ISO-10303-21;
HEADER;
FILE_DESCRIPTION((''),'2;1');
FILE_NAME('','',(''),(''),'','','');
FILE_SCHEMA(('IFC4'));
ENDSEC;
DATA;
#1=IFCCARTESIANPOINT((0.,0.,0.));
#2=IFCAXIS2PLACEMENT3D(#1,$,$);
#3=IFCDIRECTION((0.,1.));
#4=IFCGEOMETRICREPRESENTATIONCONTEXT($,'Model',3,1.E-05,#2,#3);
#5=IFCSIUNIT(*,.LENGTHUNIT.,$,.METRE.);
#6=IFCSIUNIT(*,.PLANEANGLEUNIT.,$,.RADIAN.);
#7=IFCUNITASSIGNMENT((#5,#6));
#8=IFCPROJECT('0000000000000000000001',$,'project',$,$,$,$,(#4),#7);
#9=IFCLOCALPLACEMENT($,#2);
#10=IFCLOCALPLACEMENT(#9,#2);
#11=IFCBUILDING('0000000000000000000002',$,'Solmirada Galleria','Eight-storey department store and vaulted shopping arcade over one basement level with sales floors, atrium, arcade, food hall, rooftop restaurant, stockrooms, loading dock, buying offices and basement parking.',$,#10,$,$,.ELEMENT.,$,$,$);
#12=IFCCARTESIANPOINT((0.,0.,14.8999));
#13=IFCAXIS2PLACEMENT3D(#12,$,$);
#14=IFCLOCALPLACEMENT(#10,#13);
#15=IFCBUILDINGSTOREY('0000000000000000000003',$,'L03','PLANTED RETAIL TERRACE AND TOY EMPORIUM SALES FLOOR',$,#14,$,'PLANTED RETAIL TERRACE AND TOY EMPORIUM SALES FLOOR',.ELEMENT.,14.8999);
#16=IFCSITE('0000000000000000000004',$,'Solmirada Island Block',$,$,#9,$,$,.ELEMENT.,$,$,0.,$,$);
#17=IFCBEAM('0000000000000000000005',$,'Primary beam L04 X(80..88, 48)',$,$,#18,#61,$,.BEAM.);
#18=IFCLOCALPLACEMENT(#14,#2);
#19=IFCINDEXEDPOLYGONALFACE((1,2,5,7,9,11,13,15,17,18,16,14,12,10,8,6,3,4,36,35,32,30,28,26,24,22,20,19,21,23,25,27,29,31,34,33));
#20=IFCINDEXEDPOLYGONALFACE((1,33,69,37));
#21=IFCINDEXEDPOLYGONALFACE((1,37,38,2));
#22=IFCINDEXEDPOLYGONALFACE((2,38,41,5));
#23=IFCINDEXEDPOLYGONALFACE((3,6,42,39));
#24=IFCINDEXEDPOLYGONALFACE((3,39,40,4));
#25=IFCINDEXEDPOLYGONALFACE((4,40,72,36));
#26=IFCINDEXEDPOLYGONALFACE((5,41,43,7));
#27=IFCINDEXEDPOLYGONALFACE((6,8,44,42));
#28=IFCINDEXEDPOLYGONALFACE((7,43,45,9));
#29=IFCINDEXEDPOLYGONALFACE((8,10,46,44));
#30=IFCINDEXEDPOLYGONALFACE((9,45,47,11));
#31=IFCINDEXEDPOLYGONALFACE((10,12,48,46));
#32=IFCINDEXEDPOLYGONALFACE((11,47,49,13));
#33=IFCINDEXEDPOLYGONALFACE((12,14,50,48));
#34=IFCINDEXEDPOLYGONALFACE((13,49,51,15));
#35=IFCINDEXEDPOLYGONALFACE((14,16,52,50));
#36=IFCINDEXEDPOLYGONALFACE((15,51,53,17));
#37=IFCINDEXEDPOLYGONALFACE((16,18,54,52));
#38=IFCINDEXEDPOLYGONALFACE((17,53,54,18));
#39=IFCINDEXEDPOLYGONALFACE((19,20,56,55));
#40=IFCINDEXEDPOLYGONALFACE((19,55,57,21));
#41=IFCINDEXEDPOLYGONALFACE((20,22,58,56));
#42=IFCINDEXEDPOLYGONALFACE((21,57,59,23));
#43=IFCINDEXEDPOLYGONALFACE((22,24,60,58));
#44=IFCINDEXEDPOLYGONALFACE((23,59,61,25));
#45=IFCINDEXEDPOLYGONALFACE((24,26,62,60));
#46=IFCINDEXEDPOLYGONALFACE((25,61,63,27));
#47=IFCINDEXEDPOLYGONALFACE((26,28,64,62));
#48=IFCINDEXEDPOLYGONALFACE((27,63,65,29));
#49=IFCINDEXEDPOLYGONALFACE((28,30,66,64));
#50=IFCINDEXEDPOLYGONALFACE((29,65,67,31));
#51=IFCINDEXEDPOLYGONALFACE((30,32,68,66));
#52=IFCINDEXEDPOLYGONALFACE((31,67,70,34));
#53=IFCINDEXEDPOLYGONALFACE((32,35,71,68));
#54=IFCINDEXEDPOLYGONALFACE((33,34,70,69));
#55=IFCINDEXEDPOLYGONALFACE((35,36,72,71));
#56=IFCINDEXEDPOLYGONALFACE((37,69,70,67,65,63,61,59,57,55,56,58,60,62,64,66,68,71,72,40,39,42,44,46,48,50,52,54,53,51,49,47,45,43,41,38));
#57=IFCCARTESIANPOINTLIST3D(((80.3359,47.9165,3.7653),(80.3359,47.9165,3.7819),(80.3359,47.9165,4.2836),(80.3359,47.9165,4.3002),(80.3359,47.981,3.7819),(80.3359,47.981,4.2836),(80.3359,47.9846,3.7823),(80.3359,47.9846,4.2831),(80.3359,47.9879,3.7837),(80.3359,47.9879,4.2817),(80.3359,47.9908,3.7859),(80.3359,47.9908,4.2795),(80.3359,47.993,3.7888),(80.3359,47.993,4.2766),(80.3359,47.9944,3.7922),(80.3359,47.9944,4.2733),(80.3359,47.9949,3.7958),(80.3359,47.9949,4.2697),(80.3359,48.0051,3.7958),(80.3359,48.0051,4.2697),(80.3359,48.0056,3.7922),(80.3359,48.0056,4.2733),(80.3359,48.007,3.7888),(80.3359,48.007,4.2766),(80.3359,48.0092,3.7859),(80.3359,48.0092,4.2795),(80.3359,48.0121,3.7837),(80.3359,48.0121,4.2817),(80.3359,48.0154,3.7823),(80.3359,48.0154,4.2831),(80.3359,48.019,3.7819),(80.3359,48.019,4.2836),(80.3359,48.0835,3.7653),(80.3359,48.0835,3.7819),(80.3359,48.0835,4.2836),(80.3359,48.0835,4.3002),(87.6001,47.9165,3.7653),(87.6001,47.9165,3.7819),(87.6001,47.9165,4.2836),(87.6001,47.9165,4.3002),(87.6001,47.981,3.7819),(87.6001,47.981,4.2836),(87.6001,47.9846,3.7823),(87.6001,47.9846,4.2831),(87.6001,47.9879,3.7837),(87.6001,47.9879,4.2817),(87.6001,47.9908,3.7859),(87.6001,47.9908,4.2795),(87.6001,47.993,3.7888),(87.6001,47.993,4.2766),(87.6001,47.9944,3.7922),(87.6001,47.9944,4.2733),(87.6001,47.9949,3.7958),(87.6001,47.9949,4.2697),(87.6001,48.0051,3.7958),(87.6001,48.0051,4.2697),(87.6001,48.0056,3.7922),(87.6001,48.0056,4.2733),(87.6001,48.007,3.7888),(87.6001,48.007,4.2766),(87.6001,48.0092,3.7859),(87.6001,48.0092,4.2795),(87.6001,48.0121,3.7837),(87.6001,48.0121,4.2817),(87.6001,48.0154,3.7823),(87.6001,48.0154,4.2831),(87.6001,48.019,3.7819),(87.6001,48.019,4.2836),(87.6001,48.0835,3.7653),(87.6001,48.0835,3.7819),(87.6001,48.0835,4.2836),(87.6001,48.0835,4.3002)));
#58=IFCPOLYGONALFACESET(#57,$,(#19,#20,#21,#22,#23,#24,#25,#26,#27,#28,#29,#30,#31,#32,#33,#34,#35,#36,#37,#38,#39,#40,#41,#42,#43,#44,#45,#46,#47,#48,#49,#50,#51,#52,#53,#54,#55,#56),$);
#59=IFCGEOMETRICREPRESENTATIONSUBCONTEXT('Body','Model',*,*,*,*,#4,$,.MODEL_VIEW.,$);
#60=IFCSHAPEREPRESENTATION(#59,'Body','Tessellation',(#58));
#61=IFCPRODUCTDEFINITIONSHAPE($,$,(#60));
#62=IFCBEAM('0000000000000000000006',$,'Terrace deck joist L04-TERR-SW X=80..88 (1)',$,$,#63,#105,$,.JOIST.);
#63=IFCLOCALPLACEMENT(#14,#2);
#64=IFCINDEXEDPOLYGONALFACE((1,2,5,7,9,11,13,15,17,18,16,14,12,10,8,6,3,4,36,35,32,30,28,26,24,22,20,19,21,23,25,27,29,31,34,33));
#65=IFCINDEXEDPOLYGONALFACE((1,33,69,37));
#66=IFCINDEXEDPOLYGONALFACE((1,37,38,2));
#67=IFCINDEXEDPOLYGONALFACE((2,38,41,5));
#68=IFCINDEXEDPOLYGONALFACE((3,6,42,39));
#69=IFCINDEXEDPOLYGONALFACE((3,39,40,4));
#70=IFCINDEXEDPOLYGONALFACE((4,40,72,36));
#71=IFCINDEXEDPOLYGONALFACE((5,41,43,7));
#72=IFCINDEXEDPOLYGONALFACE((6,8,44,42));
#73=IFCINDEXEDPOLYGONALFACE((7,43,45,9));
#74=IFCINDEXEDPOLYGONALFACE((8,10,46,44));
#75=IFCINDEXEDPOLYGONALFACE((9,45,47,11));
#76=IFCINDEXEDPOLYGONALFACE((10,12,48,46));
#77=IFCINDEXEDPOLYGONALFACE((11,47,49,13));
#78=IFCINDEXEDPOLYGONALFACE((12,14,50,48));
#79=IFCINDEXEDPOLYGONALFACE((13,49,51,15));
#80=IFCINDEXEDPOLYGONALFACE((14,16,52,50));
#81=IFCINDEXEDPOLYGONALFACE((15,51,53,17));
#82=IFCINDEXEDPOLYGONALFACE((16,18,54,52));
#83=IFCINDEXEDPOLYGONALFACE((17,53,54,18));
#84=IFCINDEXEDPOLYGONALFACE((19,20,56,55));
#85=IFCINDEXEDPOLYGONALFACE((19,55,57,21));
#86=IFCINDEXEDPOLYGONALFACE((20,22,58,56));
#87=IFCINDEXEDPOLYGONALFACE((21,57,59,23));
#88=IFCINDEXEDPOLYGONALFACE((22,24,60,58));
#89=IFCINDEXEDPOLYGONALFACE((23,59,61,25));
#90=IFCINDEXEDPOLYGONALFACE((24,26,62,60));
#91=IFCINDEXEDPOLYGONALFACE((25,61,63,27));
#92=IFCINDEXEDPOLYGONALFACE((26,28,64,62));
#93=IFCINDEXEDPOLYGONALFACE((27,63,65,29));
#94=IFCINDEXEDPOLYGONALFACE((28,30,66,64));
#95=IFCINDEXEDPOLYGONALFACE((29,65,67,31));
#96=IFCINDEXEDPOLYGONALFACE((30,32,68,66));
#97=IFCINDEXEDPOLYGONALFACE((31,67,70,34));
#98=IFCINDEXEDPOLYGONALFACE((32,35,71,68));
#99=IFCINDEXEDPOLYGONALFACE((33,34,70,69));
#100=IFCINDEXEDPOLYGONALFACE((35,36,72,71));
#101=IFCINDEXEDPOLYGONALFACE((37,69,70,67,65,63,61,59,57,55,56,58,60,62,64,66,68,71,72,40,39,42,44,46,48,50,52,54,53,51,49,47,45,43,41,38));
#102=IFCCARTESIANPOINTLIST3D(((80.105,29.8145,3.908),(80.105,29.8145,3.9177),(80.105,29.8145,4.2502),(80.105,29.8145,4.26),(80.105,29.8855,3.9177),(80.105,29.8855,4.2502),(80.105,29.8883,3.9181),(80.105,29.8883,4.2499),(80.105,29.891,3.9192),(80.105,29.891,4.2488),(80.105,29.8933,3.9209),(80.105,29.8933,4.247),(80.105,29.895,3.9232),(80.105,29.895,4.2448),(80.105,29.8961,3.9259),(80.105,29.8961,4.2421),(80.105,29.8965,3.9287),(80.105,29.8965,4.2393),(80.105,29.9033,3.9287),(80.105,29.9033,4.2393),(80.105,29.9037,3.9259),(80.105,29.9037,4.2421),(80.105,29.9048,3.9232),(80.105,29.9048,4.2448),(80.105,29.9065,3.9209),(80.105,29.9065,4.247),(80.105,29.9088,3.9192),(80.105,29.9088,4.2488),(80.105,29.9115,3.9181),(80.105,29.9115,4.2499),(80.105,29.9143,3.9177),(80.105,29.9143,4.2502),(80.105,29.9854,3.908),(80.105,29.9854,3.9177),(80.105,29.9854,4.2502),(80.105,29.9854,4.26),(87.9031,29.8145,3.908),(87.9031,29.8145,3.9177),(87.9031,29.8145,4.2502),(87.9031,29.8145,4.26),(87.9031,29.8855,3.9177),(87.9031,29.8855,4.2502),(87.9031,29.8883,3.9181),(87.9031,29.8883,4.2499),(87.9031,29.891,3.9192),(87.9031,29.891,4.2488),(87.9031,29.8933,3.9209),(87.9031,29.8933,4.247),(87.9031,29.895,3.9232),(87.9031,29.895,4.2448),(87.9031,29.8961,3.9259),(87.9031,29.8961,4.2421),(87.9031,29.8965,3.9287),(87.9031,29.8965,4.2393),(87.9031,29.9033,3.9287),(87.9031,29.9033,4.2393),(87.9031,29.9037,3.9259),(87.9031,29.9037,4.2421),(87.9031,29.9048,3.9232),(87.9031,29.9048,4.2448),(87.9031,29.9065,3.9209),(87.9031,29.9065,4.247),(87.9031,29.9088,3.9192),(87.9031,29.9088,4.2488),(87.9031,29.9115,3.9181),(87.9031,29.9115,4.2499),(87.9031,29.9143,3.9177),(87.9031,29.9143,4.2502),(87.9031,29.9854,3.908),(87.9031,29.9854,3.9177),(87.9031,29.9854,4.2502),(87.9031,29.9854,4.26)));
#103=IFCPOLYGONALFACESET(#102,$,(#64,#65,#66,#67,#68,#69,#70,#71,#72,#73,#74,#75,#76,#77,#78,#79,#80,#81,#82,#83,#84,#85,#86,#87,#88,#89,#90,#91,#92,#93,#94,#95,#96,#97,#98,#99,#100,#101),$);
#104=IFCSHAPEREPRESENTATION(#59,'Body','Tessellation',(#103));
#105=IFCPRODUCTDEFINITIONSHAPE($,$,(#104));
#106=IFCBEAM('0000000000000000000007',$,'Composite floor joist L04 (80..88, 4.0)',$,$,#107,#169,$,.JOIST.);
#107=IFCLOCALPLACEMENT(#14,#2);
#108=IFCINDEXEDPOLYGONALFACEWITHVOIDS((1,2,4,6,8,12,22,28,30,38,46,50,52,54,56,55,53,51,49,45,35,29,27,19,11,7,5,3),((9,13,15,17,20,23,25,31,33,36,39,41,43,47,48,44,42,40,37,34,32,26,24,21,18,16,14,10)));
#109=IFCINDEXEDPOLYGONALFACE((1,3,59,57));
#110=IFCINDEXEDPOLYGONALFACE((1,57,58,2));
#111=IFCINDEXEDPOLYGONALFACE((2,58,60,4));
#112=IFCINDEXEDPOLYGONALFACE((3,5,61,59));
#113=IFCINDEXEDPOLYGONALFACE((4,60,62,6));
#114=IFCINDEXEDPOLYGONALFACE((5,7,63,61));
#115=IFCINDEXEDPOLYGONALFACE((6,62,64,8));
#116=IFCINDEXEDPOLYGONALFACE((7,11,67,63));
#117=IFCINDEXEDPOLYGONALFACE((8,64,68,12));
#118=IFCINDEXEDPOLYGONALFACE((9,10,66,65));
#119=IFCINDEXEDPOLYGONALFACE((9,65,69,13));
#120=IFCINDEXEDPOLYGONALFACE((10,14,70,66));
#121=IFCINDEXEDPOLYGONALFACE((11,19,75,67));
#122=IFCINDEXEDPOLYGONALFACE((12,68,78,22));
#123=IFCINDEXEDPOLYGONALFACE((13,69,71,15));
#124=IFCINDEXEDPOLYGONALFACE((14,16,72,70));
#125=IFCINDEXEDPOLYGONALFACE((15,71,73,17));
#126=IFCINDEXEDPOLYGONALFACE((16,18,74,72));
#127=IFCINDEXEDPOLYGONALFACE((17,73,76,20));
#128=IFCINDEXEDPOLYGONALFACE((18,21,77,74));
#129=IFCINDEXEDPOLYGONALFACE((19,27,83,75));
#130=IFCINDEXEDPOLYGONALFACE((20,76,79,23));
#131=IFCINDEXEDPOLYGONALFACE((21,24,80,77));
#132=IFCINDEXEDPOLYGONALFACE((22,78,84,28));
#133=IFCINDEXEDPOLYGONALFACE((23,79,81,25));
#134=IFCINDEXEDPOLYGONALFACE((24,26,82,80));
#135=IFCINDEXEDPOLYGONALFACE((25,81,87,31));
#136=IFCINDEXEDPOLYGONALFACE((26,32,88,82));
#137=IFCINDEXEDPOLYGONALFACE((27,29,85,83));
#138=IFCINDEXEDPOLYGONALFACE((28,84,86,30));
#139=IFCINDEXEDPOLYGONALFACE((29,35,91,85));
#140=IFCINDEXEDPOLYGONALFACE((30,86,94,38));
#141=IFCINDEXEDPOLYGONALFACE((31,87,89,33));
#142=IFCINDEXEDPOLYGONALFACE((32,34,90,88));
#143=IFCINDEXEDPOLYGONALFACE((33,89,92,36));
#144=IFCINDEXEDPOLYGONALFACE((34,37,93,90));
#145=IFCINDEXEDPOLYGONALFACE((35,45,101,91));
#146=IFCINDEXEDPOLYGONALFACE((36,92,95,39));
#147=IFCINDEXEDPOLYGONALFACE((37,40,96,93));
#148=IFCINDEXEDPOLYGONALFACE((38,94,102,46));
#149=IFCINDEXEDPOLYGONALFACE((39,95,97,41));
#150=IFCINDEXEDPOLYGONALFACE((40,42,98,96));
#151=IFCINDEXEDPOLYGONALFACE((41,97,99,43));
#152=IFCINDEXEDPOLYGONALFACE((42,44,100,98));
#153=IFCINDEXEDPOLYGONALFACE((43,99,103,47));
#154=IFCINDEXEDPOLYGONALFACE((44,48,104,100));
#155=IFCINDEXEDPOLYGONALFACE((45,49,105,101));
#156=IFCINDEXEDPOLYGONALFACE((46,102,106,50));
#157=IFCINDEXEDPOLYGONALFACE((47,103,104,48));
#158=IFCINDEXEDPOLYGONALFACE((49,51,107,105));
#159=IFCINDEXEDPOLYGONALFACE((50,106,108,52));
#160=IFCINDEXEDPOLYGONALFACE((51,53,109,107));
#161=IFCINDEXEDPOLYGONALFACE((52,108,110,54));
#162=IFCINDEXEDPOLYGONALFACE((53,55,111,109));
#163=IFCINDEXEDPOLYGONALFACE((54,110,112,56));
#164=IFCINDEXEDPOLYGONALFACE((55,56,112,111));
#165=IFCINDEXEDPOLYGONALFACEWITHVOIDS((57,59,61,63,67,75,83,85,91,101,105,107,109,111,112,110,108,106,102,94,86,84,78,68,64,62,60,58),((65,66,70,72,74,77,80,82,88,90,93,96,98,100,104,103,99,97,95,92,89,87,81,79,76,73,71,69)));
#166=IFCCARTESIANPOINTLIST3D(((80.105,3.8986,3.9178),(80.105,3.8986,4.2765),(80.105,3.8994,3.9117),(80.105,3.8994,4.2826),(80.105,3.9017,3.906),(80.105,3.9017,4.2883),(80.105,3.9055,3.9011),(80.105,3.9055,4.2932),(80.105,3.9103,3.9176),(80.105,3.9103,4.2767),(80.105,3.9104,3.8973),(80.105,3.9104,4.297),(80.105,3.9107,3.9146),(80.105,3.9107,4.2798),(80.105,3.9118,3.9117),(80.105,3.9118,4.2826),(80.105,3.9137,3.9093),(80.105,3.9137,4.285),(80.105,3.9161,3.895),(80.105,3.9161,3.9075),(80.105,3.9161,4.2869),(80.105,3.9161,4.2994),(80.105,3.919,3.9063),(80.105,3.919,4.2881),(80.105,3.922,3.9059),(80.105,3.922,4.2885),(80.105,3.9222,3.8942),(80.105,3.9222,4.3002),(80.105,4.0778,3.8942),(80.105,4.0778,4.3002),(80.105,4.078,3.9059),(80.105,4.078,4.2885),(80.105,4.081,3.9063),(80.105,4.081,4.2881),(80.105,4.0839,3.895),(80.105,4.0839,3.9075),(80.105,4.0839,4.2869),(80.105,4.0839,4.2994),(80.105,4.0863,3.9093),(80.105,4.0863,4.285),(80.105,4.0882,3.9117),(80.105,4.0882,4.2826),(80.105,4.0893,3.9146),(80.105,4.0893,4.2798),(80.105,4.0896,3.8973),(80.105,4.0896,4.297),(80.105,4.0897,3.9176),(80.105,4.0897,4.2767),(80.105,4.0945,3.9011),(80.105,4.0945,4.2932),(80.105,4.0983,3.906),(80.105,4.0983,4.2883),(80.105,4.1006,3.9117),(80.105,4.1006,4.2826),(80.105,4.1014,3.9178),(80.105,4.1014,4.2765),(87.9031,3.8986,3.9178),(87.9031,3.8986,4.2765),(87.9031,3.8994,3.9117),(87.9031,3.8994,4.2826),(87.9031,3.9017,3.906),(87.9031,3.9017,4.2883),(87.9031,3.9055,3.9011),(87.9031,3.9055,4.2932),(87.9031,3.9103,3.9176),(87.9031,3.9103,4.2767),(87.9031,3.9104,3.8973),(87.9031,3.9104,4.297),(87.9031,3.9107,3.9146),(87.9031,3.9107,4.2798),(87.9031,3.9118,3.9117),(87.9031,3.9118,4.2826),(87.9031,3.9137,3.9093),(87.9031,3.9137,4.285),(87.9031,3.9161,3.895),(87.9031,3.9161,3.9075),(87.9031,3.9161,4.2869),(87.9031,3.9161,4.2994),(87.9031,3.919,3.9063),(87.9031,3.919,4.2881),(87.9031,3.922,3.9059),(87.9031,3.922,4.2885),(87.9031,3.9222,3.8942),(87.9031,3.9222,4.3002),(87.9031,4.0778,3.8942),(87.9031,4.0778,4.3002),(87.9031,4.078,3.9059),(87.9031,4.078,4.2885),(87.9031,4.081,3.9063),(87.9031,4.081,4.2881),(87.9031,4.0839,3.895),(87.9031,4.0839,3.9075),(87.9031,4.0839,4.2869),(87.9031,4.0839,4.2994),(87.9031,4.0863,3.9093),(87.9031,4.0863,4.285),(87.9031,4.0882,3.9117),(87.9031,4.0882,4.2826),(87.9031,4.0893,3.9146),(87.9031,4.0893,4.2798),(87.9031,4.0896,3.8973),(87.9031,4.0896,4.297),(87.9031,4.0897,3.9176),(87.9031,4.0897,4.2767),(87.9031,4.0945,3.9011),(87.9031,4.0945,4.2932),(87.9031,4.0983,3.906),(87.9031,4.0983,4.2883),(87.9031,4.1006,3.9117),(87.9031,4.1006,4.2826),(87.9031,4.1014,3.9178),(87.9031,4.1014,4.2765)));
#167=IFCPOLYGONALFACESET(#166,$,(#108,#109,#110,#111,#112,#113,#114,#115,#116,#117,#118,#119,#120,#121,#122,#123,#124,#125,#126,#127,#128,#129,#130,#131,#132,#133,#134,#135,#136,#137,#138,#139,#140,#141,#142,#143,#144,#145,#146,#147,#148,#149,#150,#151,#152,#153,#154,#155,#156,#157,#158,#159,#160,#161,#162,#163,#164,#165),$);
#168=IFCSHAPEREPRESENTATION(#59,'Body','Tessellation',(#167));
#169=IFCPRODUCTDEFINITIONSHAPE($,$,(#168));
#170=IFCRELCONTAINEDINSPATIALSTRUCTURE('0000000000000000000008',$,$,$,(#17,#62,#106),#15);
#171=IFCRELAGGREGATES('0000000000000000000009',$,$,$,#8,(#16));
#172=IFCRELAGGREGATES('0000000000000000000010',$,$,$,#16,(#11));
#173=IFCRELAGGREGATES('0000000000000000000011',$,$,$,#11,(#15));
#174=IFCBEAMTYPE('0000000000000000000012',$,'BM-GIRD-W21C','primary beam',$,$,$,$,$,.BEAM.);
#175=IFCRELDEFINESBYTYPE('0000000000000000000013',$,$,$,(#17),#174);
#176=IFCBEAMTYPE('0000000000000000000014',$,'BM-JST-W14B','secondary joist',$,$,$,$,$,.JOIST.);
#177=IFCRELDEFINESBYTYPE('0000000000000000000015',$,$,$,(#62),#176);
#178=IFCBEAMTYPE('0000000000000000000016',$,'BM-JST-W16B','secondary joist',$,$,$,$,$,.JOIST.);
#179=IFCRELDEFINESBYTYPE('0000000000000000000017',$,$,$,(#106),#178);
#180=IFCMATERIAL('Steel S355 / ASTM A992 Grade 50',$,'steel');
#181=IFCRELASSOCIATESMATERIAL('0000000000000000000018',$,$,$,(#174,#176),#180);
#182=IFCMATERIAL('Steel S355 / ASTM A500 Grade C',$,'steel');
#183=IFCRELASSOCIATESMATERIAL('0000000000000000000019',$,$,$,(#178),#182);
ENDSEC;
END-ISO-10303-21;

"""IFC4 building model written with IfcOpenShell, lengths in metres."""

from ifc_helpers import new_model, si_unit, direction, frame, origin, origin_2d, place, context, subcontext, project, spatial, hollow_rectangle, i_section, extrude, material, material_profile, profile_set, type_object, element, save


model = new_model("IFC4")

# Units and contexts
model_context = context("Model", 3, precision=1e-05, world=origin(), true_north=direction((0.0, 1.0)))
body_context = subcontext(model_context, "Body", "Model", "MODEL_VIEW")
ifc_project = project(units=[si_unit("LENGTHUNIT", "METRE"), si_unit("PLANEANGLEUNIT", "RADIAN")], contexts=[model_context])

# Site, building, storey
site_placement = place(None, origin())
site = spatial("IfcSite", under=ifc_project, at=site_placement, Name="Solmirada Island Block", CompositionType="ELEMENT", RefElevation=0.0)
building_placement = place(site_placement, origin())
building = spatial("IfcBuilding", under=site, at=building_placement, Name="Solmirada Galleria", Description="Eight-storey department store and vaulted shopping arcade over one basement level with sales floors, atrium, arcade, food hall, rooftop restaurant, stockrooms, loading dock, buying offices and basement parking.", CompositionType="ELEMENT")
storey_placement = place(building_placement, frame((0.0, 0.0, 14.8999)))
storey = spatial("IfcBuildingStorey", under=building, at=storey_placement, Name="L03", Description="PLANTED RETAIL TERRACE AND TOY EMPORIUM SALES FLOOR", LongName="PLANTED RETAIL TERRACE AND TOY EMPORIUM SALES FLOOR", CompositionType="ELEMENT", Elevation=14.8999)

# Beams
ifc_material_1 = material(Name="Steel S355 / ASTM A992 Grade 50", Category="steel")
ifc_material_profile_1 = material_profile(ifc_material_1, i_section(OverallWidth=0.167, OverallDepth=0.5349, WebThickness=0.0103, FlangeThickness=0.0166, FilletRadius=0.0139, at=origin_2d()), Name="W21X57")
ifc_profile_set_1 = profile_set([ifc_material_profile_1], Name="Steel S355 / ASTM A992 Grade 50")
beam_type_1 = type_object("IfcBeamType", Name="BM-GIRD-W21C", Description="primary beam", PredefinedType="BEAM", material=ifc_profile_set_1)
beam_1_placement = place(storey_placement, frame((80.3359, 48.0, 4.0327), z_axis=(1.0, 0.0, 0.0), x_axis=(0.0, 1.0, 0.0)))
element("IfcBeam", 1, at=beam_1_placement, inside=storey, type_object=beam_type_1, Name="Primary beam L04 X(80..88, 48)", PredefinedType="BEAM", context=body_context, shape_type="SweptSolid", body=[
    extrude(i_section(OverallWidth=0.167, OverallDepth=0.5349, WebThickness=0.0103, FlangeThickness=0.0166, FilletRadius=0.0139, at=origin_2d()), origin(), (0.0, 0.0, 1.0), 7.2642),
])
ifc_material_profile_2 = material_profile(ifc_material_1, i_section(OverallWidth=0.1709, OverallDepth=0.3521, WebThickness=0.0068, FlangeThickness=0.0098, FilletRadius=0.011, at=origin_2d()), Name="W14X30")
ifc_profile_set_2 = profile_set([ifc_material_profile_2], Name="Steel S355 / ASTM A992 Grade 50")
beam_type_2 = type_object("IfcBeamType", Name="BM-JST-W14B", Description="secondary joist", PredefinedType="JOIST", material=ifc_profile_set_2)
beam_2_placement = place(storey_placement, frame((80.105, 29.8999, 4.084), z_axis=(1.0, 0.0, 0.0), x_axis=(0.0, 1.0, 0.0)))
element("IfcBeam", 2, at=beam_2_placement, inside=storey, type_object=beam_type_2, Name="Terrace deck joist L04-TERR-SW X=80..88 (1)", PredefinedType="JOIST", context=body_context, shape_type="SweptSolid", body=[
    extrude(i_section(OverallWidth=0.1709, OverallDepth=0.3521, WebThickness=0.0068, FlangeThickness=0.0098, FilletRadius=0.011, at=origin_2d()), origin(), (0.0, 0.0, 1.0), 7.7981),
])
ifc_material_2 = material(Name="Steel S355 / ASTM A500 Grade C", Category="steel")
ifc_material_profile_3 = material_profile(ifc_material_2, hollow_rectangle(XDim=0.2029, YDim=0.406, WallThickness=0.0117, InnerFilletRadius=0.0117, OuterFilletRadius=0.0237, at=origin_2d()), Name="HSS16X8X1/2")
ifc_profile_set_3 = profile_set([ifc_material_profile_3], Name="Steel S355 / ASTM A500 Grade C")
beam_type_3 = type_object("IfcBeamType", Name="BM-JST-W16B", Description="secondary joist", PredefinedType="JOIST", material=ifc_profile_set_3)
for number, where, z_axis, x_axis, name in (
    (3, (80.105, 4.0, 4.0972), (1.0, 0.0, 0.0), (0.0, 1.0, 0.0), "Composite floor joist L04 (80..88, 4.0)"),
):
    element("IfcBeam", number, at=place(storey_placement, frame(where, z_axis=z_axis, x_axis=x_axis)), inside=storey, type_object=beam_type_3, Name=name, PredefinedType="JOIST", context=body_context, shape_type="SweptSolid", body=[
        extrude(hollow_rectangle(XDim=0.2029, YDim=0.406, WallThickness=0.0117, InnerFilletRadius=0.0117, OuterFilletRadius=0.0237, at=origin_2d()), origin(), (0.0, 0.0, 1.0), 7.7981),
    ])

save(model, "model.ifc")
